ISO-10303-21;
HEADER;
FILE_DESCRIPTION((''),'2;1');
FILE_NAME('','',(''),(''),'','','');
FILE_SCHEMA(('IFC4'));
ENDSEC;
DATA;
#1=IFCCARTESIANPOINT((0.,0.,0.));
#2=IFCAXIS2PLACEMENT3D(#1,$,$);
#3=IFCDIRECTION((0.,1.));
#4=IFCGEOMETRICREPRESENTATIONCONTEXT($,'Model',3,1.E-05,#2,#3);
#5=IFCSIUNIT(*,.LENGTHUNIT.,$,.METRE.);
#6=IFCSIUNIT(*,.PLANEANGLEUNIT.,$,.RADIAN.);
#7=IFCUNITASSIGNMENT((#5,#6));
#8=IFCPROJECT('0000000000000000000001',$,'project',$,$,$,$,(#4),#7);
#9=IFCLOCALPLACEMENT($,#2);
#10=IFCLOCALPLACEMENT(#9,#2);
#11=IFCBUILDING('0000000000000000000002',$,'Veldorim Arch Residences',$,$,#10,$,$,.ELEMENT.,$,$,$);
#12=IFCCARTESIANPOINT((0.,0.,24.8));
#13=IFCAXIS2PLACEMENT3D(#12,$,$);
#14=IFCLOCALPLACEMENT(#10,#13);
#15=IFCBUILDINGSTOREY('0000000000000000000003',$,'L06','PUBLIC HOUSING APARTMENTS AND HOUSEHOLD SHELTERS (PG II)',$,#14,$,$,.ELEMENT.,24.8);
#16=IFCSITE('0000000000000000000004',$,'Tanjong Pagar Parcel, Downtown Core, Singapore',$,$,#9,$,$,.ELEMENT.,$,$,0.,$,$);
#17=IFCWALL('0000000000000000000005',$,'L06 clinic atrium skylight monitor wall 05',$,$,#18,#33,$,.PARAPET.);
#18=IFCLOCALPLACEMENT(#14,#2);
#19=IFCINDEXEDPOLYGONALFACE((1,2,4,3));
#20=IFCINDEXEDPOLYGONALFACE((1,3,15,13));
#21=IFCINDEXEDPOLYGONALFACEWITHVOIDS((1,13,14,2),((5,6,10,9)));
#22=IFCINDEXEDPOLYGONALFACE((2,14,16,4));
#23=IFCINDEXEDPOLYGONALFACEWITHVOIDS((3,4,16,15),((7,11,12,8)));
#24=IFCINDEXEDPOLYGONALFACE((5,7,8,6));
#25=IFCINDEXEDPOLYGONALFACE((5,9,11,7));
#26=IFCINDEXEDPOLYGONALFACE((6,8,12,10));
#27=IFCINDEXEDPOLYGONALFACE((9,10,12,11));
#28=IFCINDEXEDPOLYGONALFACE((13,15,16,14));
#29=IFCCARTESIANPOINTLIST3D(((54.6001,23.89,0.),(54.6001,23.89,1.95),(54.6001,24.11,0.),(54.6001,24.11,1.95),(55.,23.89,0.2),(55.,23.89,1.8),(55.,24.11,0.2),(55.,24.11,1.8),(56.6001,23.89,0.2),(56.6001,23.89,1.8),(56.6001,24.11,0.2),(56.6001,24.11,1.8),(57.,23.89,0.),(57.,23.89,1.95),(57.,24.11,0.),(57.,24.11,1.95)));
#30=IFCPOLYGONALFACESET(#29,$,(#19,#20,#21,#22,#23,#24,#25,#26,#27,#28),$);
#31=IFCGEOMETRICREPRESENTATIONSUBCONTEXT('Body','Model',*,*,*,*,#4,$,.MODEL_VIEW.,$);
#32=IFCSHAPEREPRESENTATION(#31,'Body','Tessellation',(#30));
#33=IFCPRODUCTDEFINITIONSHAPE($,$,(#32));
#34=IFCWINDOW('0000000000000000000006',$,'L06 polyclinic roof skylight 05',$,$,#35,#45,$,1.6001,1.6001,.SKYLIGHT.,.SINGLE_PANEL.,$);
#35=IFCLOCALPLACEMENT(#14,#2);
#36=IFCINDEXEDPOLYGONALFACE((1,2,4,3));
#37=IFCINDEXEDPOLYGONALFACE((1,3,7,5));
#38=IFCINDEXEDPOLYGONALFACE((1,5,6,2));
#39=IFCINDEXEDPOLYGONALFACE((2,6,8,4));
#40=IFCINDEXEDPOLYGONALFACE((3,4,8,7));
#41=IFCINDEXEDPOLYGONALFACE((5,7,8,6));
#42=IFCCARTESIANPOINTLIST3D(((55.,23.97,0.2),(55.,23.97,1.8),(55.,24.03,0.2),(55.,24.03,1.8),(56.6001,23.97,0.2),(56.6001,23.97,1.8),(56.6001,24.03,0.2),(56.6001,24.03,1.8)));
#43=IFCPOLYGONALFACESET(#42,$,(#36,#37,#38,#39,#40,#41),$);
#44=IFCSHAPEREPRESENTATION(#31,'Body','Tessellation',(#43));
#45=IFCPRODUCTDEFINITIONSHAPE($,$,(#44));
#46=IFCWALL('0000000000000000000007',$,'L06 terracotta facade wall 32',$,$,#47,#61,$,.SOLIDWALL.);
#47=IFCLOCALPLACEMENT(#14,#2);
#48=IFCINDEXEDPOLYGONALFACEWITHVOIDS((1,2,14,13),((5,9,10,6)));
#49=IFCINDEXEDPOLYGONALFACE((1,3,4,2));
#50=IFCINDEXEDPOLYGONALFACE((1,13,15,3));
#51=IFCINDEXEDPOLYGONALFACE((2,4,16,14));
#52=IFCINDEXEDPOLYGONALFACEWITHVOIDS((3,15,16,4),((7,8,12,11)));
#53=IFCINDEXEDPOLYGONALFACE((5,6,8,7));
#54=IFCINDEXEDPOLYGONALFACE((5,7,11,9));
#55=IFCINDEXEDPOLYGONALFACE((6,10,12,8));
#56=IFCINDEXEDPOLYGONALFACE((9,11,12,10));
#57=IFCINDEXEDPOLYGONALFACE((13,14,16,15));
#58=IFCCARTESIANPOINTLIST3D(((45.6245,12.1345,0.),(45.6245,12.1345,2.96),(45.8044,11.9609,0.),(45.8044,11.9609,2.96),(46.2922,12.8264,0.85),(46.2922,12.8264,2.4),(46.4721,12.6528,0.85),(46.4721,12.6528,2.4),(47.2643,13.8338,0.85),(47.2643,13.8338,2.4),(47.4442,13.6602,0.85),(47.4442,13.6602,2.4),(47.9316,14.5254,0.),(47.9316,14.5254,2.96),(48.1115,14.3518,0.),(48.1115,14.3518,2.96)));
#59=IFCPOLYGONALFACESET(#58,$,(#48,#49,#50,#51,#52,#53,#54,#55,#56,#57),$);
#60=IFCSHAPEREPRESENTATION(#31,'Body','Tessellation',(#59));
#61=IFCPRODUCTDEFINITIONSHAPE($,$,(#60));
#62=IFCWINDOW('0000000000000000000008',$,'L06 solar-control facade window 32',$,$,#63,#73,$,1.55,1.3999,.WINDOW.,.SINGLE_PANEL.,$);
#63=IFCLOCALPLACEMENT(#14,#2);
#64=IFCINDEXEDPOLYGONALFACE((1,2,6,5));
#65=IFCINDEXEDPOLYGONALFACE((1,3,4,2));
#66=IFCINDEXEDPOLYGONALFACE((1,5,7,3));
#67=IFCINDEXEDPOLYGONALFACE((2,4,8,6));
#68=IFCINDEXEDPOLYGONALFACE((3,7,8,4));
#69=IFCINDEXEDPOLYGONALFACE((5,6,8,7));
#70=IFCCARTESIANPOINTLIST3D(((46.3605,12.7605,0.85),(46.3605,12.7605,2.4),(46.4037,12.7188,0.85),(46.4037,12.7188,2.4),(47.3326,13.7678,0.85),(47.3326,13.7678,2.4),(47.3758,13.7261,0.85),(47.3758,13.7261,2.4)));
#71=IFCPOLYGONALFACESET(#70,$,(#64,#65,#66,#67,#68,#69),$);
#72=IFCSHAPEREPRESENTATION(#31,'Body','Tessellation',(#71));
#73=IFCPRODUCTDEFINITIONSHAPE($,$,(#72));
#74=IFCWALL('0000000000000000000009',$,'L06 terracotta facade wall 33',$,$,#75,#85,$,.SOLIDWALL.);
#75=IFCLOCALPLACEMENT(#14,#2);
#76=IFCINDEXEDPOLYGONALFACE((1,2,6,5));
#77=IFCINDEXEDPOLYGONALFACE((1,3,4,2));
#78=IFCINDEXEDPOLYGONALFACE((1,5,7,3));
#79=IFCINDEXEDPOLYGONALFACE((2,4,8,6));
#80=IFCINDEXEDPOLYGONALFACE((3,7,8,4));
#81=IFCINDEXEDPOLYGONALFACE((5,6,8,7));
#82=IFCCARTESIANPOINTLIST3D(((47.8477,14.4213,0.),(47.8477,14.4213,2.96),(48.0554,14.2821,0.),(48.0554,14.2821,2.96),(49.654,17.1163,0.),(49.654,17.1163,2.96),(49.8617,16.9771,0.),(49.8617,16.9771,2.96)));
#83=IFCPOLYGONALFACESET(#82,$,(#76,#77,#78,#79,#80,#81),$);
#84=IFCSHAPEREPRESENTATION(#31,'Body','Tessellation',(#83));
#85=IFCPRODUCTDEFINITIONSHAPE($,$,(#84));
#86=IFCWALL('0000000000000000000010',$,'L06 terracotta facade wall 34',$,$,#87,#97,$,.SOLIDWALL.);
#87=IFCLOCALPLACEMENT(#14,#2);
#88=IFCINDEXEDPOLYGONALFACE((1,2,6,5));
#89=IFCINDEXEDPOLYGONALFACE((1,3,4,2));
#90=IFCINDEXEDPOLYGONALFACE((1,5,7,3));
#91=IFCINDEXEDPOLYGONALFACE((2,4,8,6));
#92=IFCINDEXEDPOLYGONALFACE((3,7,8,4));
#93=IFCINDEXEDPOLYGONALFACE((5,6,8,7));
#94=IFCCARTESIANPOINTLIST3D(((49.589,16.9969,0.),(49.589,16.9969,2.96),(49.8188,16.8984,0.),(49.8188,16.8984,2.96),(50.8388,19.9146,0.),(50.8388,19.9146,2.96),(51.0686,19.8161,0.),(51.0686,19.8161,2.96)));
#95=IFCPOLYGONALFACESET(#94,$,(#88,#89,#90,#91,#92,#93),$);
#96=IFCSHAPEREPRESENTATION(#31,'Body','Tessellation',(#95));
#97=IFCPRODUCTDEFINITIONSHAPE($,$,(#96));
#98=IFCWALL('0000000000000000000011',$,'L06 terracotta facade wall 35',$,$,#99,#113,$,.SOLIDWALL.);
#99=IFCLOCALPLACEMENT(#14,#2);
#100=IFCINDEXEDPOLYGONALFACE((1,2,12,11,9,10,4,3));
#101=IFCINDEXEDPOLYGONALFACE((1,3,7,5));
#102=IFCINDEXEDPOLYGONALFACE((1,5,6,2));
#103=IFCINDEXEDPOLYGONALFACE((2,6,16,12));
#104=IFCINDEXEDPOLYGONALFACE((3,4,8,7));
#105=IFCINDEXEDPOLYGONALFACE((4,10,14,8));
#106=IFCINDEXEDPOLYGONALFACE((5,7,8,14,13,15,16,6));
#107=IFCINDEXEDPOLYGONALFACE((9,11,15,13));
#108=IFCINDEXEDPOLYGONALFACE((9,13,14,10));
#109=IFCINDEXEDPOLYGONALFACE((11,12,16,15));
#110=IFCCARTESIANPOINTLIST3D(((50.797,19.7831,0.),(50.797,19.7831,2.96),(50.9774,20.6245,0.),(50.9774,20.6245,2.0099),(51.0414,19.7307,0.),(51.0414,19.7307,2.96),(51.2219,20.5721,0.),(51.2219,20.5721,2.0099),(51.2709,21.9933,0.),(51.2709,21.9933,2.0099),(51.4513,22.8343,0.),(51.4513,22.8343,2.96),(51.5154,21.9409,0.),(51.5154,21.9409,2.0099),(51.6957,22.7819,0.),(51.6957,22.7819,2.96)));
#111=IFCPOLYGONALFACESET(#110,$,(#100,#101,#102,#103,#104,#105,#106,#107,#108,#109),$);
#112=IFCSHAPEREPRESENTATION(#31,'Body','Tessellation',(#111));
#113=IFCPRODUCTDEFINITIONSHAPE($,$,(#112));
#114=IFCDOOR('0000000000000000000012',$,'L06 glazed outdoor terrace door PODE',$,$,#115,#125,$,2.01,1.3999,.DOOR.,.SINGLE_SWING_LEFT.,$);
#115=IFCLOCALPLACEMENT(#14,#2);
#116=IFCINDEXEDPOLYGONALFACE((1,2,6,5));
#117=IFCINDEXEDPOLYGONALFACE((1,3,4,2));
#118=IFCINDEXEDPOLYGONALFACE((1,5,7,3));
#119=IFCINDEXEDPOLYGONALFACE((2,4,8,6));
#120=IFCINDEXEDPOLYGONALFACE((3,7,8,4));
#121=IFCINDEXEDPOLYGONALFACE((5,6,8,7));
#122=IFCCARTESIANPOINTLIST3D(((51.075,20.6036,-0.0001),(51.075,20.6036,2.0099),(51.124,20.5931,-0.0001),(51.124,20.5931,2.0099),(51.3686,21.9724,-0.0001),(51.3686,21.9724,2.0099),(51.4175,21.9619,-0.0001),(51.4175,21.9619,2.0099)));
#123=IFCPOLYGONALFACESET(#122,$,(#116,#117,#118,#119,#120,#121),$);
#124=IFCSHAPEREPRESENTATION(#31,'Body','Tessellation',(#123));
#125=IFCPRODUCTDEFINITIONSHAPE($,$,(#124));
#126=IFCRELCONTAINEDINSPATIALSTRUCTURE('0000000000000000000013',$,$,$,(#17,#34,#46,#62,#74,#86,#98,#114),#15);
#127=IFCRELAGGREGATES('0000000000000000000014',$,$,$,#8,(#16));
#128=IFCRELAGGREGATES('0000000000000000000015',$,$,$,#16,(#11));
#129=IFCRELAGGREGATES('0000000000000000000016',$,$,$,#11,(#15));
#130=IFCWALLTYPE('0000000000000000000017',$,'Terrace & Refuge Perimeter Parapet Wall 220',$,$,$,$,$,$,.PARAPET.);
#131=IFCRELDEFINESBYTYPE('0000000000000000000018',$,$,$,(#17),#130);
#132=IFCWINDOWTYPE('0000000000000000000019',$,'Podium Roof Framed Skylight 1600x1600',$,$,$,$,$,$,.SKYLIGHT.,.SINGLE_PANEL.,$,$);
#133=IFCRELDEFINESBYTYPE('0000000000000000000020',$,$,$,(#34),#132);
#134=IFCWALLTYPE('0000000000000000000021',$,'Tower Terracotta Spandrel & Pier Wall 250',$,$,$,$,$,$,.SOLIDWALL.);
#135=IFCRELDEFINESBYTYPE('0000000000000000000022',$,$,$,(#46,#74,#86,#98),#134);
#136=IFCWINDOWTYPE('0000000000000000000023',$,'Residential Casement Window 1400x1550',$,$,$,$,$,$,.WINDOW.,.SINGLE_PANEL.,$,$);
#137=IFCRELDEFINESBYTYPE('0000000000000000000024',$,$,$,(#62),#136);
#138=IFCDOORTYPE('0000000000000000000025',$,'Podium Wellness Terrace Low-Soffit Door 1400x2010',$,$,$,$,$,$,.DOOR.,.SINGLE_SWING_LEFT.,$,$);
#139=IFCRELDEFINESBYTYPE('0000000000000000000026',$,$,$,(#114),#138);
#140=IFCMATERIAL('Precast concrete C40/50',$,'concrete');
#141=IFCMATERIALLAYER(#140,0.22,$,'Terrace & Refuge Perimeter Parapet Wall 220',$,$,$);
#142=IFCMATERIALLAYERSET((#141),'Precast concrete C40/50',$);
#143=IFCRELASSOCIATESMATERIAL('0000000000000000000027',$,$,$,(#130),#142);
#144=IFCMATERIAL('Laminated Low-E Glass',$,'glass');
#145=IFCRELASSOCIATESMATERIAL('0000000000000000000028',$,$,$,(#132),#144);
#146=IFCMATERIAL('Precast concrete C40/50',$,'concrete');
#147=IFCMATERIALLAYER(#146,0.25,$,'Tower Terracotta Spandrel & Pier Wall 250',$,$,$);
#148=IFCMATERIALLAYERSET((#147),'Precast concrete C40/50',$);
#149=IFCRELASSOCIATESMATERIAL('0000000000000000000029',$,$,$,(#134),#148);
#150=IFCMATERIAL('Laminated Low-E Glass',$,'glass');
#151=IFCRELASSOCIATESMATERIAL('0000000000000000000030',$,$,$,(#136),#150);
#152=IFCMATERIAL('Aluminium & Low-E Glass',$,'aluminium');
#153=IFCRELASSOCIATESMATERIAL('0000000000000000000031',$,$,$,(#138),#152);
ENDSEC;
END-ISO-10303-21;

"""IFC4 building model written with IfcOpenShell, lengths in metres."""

from ifc_helpers import new_model, si_unit, direction, frame, frame_2d, origin, place, context, subcontext, project, spatial, rectangle, extrude, material, layer, layer_set, type_object, element, fill, save


model = new_model("IFC4")

# Units and contexts
model_context = context("Model", 3, precision=1e-05, world=origin(), true_north=direction((0.0, 1.0)))
body_context = subcontext(model_context, "Body", "Model", "MODEL_VIEW")
ifc_project = project(units=[si_unit("LENGTHUNIT", "METRE"), si_unit("PLANEANGLEUNIT", "RADIAN")], contexts=[model_context])

# Site, building, storey
site_placement = place(None, origin())
site = spatial("IfcSite", under=ifc_project, at=site_placement, Name="Tanjong Pagar Parcel, Downtown Core, Singapore", CompositionType="ELEMENT", RefElevation=0.0)
building_placement = place(site_placement, origin())
building = spatial("IfcBuilding", under=site, at=building_placement, Name="Veldorim Arch Residences", CompositionType="ELEMENT")
storey_placement = place(building_placement, frame((0.0, 0.0, 24.8)))
storey = spatial("IfcBuildingStorey", under=building, at=storey_placement, Name="L06", Description="PUBLIC HOUSING APARTMENTS AND HOUSEHOLD SHELTERS (PG II)", CompositionType="ELEMENT", Elevation=24.8)

# Shared definitions
ifc_material_1 = material(Name="Precast concrete C40/50", Category="concrete")
ifc_layer_1 = layer(ifc_material_1, 0.22, Name="Terrace & Refuge Perimeter Parapet Wall 220")
ifc_layer_set_1 = layer_set([ifc_layer_1], Name="Precast concrete C40/50")
wall_type_1 = type_object("IfcWallType", Name="Terrace & Refuge Perimeter Parapet Wall 220", PredefinedType="PARAPET", material=ifc_layer_set_1)

# Walls, openings, windows
ifc_material_2 = material(Name="Laminated Low-E Glass", Category="glass")
window_type_1 = type_object("IfcWindowType", Name="Podium Roof Framed Skylight 1600x1600", PartitioningType="SINGLE_PANEL", PredefinedType="SKYLIGHT", material=ifc_material_2)
wall_1_placement = place(storey_placement, frame((54.6001, 24.0, 0.0), z_axis=(0.0, 0.0, 1.0), x_axis=(1.0, 0.0, 0.0)))
wall_1 = element("IfcWall", 1, at=wall_1_placement, inside=storey, type_object=wall_type_1, Name="L06 clinic atrium skylight monitor wall 05", PredefinedType="PARAPET", context=body_context, shape_type="SweptSolid", body=[
    extrude(rectangle(XDim=2.3999, YDim=0.22, at=frame_2d((1.2, 0.0))), origin(), (0.0, 0.0, 1.0), 1.95),
])
opening_1_placement = place(wall_1_placement, frame((0.3999, 0.0, 0.2)))
opening_1 = element("IfcOpeningElement", 2, at=opening_1_placement, cuts=wall_1, PredefinedType="OPENING", context=body_context, shape_type="SweptSolid", body=[
    extrude(rectangle(XDim=1.6001, YDim=1.6001, at=frame_2d((0.8, 0.8))), frame((0.0, 0.1199, 0.0), z_axis=(0.0, -1.0, 0.0), x_axis=(1.0, 0.0, 0.0)), (0.0, 0.0, 1.0), 0.24),
])
window_1_placement = place(opening_1_placement, origin())
window_1 = element("IfcWindow", 3, at=window_1_placement, inside=storey, type_object=window_type_1, Name="L06 polyclinic roof skylight 05", OverallHeight=1.6001, OverallWidth=1.6001, PartitioningType="SINGLE_PANEL", PredefinedType="SKYLIGHT", context=body_context, shape_type="SweptSolid", body=[
    extrude(rectangle(XDim=1.6001, YDim=1.6001, at=frame_2d((0.8, 0.8))), frame((0.0, 0.03, 0.0), z_axis=(0.0, -1.0, 0.0), x_axis=(1.0, 0.0, 0.0)), (0.0, 0.0, 1.0), 0.0601),
])
fill(opening_1, window_1)
ifc_material_3 = material(Name="Precast concrete C40/50", Category="concrete")
ifc_layer_2 = layer(ifc_material_3, 0.25, Name="Tower Terracotta Spandrel & Pier Wall 250")
ifc_layer_set_2 = layer_set([ifc_layer_2], Name="Precast concrete C40/50")
wall_type_2 = type_object("IfcWallType", Name="Tower Terracotta Spandrel & Pier Wall 250", PredefinedType="SOLIDWALL", material=ifc_layer_set_2)
wall_2_placement = place(storey_placement, frame((48.0215, 14.4385, 0.0), z_axis=(0.0, 0.0, 1.0), x_axis=(-0.694393, -0.719596, 0.0)))
wall_2 = element("IfcWall", 4, at=wall_2_placement, inside=storey, type_object=wall_type_2, Name="L06 terracotta facade wall 32", PredefinedType="SOLIDWALL", context=body_context, shape_type="SweptSolid", body=[
    extrude(rectangle(XDim=3.3225, YDim=0.25, at=frame_2d((1.6611, 0.0))), origin(), (0.0, 0.0, 1.0), 2.96),
])
opening_2_placement = place(wall_2_placement, frame((0.9609, 0.0, 0.8501)))
opening_2 = element("IfcOpeningElement", 5, at=opening_2_placement, cuts=wall_2, PredefinedType="OPENING", context=body_context, shape_type="SweptSolid", body=[
    extrude(rectangle(XDim=1.3999, YDim=1.55, at=frame_2d((0.7, 0.7749))), frame((0.0, 0.135, 0.0), z_axis=(0.0, -1.0, 0.0), x_axis=(1.0, 0.0, 0.0)), (0.0, 0.0, 1.0), 0.27),
])
ifc_material_4 = material(Name="Laminated Low-E Glass", Category="glass")
window_type_2 = type_object("IfcWindowType", Name="Residential Casement Window 1400x1550", PartitioningType="SINGLE_PANEL", PredefinedType="WINDOW", material=ifc_material_4)
window_2_placement = place(opening_2_placement, origin())
window_2 = element("IfcWindow", 6, at=window_2_placement, inside=storey, type_object=window_type_2, Name="L06 solar-control facade window 32", OverallHeight=1.55, OverallWidth=1.3999, PartitioningType="SINGLE_PANEL", PredefinedType="WINDOW", context=body_context, shape_type="SweptSolid", body=[
    extrude(rectangle(XDim=1.3999, YDim=1.55, at=frame_2d((0.7, 0.7749))), frame((0.0, 0.03, 0.0), z_axis=(0.0, -1.0, 0.0), x_axis=(1.0, 0.0, 0.0)), (0.0, 0.0, 1.0), 0.0601),
])
fill(opening_2, window_2)

# Walls
wall_3_placement = place(storey_placement, frame((49.7578, 17.0466, 0.0), z_axis=(0.0, 0.0, 1.0), x_axis=(-0.556765, -0.83067, 0.0)))
element("IfcWall", 7, at=wall_3_placement, inside=storey, type_object=wall_type_2, Name="L06 terracotta facade wall 33", PredefinedType="SOLIDWALL", context=body_context, shape_type="SweptSolid", body=[
    extrude(rectangle(XDim=3.2444, YDim=0.25, at=frame_2d((1.6221, 0.0))), origin(), (0.0, 0.0, 1.0), 2.96),
])
wall_4_placement = place(storey_placement, frame((50.9536, 19.8652, 0.0), z_axis=(0.0, 0.0, 1.0), x_axis=(-0.393734, -0.919225, 0.0)))
element("IfcWall", 8, at=wall_4_placement, inside=storey, type_object=wall_type_2, Name="L06 terracotta facade wall 34", PredefinedType="SOLIDWALL", context=body_context, shape_type="SweptSolid", body=[
    extrude(rectangle(XDim=3.1741, YDim=0.25, at=frame_2d((1.5869, 0.0))), origin(), (0.0, 0.0, 1.0), 2.96),
])

# Wall, opening, door
wall_5_placement = place(storey_placement, frame((51.5735, 22.8081, 0.0), z_axis=(0.0, 0.0, 1.0), x_axis=(-0.209668, -0.977773, 0.0)))
wall_5 = element("IfcWall", 9, at=wall_5_placement, inside=storey, type_object=wall_type_2, Name="L06 terracotta facade wall 35", PredefinedType="SOLIDWALL", context=body_context, shape_type="SweptSolid", body=[
    extrude(rectangle(XDim=3.1206, YDim=0.25, at=frame_2d((1.5603, 0.0))), origin(), (0.0, 0.0, 1.0), 2.96),
])
opening_3_placement = place(wall_5_placement, frame((0.8601, 0.0, 0.0)))
opening_3 = element("IfcOpeningElement", 10, at=opening_3_placement, cuts=wall_5, PredefinedType="OPENING", context=body_context, shape_type="SweptSolid", body=[
    extrude(rectangle(XDim=1.3999, YDim=2.01, at=frame_2d((0.7, 1.0049))), frame((0.0, 0.135, 0.0), z_axis=(0.0, -1.0, 0.0), x_axis=(1.0, 0.0, 0.0)), (0.0, 0.0, 1.0), 0.27),
])
ifc_material_5 = material(Name="Aluminium & Low-E Glass", Category="aluminium")
door_type_1 = type_object("IfcDoorType", Name="Podium Wellness Terrace Low-Soffit Door 1400x2010", OperationType="SINGLE_SWING_LEFT", PredefinedType="DOOR", material=ifc_material_5)
door_1_placement = place(opening_3_placement, origin())
door_1 = element("IfcDoor", 11, at=door_1_placement, inside=storey, type_object=door_type_1, Name="L06 glazed outdoor terrace door PODE", OperationType="SINGLE_SWING_LEFT", OverallHeight=2.01, OverallWidth=1.3999, PredefinedType="DOOR", context=body_context, shape_type="SweptSolid", body=[
    extrude(rectangle(XDim=1.3999, YDim=2.01, at=frame_2d((0.7, 1.0049))), frame((0.0, 0.0249, 0.0), z_axis=(0.0, -1.0, 0.0), x_axis=(1.0, 0.0, 0.0)), (0.0, 0.0, 1.0), 0.05),
])
fill(opening_3, door_1)

save(model, "model.ifc")
